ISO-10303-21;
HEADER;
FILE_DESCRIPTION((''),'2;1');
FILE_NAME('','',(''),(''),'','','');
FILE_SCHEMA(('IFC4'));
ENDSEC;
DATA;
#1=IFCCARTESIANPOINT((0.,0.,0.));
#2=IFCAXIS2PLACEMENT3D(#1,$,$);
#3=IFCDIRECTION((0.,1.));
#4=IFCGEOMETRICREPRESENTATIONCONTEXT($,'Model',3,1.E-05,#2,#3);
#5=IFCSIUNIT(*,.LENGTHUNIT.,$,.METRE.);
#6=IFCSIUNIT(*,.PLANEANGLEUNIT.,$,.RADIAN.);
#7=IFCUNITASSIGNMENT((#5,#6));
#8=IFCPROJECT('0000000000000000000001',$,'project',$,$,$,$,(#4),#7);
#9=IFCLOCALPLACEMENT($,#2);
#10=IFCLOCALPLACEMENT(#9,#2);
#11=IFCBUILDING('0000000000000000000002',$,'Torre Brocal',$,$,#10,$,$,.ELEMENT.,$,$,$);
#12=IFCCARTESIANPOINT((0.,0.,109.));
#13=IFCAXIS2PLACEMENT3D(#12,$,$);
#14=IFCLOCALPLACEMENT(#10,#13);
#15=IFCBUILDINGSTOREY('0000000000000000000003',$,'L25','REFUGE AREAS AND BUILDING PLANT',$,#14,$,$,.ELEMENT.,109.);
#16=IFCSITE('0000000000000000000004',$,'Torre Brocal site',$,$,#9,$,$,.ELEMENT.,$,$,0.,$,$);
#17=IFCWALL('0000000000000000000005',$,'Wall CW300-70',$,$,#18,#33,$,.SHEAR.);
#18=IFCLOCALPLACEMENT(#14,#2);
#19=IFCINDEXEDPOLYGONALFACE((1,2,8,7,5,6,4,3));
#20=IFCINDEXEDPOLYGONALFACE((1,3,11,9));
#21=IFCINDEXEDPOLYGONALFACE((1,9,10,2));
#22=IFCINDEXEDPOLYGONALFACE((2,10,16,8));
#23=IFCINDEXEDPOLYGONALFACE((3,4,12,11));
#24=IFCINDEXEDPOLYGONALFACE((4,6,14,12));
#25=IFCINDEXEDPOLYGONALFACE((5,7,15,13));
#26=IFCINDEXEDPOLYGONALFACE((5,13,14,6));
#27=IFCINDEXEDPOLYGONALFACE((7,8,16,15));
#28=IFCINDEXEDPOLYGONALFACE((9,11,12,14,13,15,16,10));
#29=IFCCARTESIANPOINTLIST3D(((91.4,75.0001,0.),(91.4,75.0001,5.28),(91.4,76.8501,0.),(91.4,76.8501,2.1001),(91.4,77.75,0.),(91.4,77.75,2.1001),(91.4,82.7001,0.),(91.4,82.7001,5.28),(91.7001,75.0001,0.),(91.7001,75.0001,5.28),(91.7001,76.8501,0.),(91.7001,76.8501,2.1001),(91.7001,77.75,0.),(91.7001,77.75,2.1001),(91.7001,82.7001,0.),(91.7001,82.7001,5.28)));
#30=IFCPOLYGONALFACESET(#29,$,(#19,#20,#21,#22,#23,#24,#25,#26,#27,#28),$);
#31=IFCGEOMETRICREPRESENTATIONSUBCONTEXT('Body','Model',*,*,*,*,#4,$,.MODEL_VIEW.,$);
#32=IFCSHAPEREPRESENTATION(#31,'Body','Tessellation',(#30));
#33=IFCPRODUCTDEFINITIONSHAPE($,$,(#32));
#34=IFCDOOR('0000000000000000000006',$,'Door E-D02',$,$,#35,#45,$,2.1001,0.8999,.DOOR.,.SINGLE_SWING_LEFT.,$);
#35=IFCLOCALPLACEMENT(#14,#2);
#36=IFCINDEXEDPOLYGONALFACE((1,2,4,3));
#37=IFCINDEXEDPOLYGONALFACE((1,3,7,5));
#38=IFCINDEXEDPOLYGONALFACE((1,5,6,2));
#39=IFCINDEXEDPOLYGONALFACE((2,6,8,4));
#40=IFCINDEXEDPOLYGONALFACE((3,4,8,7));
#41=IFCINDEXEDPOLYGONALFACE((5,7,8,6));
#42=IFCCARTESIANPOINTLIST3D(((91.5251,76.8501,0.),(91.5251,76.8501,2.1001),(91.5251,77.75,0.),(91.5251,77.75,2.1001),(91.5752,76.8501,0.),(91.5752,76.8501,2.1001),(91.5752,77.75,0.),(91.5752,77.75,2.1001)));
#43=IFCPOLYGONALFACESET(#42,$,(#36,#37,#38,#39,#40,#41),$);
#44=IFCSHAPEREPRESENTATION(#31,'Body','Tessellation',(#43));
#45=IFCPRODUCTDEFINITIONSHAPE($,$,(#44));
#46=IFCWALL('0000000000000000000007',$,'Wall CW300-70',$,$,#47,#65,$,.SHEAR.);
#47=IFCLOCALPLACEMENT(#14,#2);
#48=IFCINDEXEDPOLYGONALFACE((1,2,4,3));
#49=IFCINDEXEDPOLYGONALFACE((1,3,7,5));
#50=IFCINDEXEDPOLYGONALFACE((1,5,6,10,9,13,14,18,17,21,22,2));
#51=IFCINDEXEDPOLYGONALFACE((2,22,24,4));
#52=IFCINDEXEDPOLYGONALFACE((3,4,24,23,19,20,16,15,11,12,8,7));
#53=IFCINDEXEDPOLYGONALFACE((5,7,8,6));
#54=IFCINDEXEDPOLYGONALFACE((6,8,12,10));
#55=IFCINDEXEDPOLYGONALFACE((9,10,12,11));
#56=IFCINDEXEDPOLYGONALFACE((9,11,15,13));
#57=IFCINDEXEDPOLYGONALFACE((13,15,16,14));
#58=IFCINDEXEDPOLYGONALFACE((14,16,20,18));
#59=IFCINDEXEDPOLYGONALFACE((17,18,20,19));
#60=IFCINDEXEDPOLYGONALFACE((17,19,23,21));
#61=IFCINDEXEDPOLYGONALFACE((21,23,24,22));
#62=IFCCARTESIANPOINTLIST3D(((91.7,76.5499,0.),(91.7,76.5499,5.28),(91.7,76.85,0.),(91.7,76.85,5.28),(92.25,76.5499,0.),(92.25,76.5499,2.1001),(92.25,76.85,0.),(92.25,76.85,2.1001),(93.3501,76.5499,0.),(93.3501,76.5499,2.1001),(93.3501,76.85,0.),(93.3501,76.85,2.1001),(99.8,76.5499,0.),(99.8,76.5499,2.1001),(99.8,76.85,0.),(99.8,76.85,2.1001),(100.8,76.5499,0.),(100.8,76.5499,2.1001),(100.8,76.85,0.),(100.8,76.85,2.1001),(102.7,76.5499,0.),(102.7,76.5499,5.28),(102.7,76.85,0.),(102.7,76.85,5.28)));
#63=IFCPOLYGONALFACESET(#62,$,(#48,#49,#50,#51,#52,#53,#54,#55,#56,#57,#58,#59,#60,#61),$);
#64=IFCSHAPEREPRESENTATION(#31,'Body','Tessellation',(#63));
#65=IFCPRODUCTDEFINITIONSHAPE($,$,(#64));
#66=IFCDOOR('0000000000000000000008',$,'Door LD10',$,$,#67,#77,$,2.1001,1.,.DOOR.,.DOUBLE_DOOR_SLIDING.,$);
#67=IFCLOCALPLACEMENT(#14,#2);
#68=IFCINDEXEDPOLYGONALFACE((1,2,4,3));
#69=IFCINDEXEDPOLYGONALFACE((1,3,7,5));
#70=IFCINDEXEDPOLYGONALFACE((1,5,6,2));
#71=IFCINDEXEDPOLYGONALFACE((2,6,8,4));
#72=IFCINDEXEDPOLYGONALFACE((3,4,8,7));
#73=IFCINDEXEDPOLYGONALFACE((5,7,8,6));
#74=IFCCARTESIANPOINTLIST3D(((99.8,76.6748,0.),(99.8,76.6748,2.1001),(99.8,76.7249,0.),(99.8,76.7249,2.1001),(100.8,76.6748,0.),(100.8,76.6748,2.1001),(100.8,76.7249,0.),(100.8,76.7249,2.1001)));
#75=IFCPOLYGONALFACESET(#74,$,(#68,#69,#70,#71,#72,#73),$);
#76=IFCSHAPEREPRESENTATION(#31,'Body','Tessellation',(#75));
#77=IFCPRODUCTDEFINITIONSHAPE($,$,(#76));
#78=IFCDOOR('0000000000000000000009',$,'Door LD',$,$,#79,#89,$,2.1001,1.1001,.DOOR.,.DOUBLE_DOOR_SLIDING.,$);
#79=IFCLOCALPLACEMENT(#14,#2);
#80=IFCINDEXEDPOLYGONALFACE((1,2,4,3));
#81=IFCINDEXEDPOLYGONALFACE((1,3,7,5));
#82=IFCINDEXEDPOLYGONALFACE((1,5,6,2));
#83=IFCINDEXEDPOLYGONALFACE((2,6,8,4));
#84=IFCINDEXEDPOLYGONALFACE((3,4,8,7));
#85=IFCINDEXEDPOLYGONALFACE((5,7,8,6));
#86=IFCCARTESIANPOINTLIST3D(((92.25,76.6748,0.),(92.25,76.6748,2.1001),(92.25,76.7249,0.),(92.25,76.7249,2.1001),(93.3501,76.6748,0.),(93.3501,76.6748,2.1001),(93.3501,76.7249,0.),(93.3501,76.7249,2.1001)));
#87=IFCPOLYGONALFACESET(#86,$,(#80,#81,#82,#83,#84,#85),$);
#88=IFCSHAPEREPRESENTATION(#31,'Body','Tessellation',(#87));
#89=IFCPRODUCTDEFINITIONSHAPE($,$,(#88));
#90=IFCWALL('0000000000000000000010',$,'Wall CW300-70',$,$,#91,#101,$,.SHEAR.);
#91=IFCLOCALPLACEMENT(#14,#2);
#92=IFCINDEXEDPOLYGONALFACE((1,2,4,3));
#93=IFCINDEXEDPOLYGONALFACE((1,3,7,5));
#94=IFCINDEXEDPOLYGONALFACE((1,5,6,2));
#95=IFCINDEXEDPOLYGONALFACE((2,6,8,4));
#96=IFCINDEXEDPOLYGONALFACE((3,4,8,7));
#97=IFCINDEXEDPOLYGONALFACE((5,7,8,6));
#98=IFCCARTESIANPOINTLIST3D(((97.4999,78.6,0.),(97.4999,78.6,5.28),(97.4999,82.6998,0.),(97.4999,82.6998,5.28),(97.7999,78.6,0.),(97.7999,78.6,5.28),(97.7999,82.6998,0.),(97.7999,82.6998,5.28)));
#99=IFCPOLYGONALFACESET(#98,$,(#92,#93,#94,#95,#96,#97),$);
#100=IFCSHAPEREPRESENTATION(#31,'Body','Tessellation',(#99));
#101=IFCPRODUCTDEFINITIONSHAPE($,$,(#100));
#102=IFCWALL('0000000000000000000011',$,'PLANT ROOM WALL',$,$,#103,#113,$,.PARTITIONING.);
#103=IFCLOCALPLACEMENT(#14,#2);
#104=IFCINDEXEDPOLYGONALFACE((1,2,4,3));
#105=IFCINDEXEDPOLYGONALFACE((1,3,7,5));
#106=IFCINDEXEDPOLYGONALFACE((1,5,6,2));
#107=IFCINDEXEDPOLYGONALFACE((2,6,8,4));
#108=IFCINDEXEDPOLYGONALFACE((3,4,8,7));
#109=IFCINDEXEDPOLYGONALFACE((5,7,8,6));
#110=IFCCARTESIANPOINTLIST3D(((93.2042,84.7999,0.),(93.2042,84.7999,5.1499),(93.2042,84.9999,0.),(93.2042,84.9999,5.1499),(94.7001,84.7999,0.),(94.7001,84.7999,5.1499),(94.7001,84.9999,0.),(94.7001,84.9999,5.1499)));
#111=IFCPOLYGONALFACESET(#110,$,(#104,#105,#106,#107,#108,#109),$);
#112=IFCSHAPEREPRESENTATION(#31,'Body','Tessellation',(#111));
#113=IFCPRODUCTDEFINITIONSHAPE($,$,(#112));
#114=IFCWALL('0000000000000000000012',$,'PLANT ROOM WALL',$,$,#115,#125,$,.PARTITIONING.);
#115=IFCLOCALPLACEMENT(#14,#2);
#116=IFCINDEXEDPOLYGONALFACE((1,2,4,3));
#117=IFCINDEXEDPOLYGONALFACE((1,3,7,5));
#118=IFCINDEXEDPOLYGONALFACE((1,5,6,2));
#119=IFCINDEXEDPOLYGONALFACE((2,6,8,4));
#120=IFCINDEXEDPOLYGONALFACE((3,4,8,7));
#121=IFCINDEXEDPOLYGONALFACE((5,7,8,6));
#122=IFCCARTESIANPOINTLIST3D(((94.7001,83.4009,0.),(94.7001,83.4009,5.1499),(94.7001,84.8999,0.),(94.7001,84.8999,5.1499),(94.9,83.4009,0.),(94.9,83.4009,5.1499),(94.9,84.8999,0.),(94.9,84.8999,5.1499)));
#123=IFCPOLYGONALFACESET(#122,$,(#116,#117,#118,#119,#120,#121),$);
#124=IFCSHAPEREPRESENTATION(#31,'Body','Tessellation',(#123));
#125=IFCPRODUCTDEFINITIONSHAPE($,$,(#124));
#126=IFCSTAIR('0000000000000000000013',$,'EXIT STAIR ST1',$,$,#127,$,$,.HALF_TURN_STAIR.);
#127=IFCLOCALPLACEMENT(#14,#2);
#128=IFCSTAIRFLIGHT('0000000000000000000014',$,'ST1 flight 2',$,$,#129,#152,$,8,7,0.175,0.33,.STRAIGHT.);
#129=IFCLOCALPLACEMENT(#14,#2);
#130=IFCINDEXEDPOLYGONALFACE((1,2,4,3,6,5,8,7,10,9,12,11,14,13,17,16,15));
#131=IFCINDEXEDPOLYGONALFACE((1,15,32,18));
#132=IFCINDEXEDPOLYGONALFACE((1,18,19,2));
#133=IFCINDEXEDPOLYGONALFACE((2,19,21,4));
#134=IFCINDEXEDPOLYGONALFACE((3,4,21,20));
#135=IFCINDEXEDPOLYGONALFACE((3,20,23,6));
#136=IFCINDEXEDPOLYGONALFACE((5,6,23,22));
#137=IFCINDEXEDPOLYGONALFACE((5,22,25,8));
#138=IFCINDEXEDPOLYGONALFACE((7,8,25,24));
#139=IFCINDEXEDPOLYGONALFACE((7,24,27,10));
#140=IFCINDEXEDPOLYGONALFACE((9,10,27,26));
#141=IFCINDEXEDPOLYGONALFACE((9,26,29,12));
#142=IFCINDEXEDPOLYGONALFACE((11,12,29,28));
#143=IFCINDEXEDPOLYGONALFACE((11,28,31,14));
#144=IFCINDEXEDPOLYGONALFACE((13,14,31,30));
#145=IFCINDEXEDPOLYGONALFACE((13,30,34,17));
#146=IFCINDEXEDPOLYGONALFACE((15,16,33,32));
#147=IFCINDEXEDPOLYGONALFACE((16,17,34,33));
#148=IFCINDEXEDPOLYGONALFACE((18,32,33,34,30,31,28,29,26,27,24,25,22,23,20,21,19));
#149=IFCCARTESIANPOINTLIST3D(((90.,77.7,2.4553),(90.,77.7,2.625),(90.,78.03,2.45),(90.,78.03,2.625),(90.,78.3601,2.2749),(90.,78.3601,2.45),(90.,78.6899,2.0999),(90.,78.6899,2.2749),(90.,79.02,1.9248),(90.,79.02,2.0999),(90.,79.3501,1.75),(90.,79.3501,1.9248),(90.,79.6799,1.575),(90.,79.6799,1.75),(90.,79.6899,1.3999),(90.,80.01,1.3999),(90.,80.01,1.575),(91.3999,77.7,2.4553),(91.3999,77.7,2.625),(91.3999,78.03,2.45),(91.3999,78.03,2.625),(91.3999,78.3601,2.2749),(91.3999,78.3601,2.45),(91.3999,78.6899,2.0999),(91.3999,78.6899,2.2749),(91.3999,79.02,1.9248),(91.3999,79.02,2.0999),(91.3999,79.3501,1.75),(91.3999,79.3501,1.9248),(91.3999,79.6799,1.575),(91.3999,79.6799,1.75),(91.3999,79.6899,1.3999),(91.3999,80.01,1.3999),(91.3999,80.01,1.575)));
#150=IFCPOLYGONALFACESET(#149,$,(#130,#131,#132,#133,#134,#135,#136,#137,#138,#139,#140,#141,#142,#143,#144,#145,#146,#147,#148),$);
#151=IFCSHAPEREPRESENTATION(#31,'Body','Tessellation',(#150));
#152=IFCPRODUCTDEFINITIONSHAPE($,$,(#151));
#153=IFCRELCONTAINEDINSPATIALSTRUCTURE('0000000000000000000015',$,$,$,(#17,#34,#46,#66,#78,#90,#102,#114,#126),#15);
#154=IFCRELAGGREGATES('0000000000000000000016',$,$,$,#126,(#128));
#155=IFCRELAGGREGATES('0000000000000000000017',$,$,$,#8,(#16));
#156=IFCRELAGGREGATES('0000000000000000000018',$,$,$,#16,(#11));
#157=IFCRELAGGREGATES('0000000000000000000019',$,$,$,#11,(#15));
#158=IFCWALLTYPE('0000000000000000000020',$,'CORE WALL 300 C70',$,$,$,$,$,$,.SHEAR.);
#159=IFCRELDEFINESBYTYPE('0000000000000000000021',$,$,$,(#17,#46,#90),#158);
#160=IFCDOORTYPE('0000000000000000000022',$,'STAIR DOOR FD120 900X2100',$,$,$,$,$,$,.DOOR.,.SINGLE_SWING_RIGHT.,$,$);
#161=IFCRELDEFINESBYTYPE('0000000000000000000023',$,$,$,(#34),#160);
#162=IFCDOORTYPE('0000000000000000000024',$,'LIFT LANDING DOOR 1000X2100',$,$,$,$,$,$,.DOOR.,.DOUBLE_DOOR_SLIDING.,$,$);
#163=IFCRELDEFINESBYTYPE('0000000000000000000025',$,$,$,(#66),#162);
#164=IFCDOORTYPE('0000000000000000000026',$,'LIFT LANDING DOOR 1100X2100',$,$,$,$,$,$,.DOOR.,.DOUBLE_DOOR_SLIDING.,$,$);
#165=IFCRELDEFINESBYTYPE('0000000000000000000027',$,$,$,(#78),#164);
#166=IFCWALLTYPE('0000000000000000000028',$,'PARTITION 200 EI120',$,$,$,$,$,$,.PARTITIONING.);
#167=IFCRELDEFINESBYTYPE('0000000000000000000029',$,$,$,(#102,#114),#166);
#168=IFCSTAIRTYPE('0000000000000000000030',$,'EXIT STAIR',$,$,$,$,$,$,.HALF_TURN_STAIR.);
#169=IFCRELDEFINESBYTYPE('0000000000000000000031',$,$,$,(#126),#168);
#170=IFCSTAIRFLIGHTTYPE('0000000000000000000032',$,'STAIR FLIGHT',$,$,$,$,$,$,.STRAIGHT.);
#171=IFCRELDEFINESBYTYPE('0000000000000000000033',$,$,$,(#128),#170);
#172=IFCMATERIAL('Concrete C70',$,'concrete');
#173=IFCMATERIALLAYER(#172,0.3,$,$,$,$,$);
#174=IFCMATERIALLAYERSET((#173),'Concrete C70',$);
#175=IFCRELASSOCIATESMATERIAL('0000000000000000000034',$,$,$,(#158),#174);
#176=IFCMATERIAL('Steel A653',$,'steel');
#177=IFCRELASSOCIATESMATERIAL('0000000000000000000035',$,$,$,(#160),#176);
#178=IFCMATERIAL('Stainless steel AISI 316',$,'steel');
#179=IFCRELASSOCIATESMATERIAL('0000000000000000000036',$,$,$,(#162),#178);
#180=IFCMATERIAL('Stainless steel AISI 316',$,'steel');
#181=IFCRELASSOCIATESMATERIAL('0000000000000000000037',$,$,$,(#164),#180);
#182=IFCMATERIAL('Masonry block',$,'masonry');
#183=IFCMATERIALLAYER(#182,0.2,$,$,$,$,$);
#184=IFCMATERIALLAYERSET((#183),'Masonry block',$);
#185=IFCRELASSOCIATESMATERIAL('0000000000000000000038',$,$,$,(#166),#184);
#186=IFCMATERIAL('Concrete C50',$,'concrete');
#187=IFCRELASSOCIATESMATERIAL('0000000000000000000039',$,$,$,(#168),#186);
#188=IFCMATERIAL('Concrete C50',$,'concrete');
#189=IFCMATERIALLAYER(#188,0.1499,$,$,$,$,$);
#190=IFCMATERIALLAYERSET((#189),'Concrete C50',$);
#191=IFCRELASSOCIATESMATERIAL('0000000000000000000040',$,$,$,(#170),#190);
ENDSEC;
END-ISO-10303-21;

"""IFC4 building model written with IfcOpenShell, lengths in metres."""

from ifc_helpers import new_model, si_unit, direction, frame, frame_2d, origin, place, context, subcontext, project, spatial, polyline, rectangle, outline, extrude, material, layer, layer_set, type_object, element, fill, aggregate, save


model = new_model("IFC4")

# Units and contexts
model_context = context("Model", 3, precision=1e-05, world=origin(), true_north=direction((0.0, 1.0)))
body_context = subcontext(model_context, "Body", "Model", "MODEL_VIEW")
ifc_project = project(units=[si_unit("LENGTHUNIT", "METRE"), si_unit("PLANEANGLEUNIT", "RADIAN")], contexts=[model_context])

# Site, building, storey
site_placement = place(None, origin())
site = spatial("IfcSite", under=ifc_project, at=site_placement, Name="Torre Brocal site", CompositionType="ELEMENT", RefElevation=0.0)
building_placement = place(site_placement, origin())
building = spatial("IfcBuilding", under=site, at=building_placement, Name="Torre Brocal", CompositionType="ELEMENT")
storey_placement = place(building_placement, frame((0.0, 0.0, 109.0)))
storey = spatial("IfcBuildingStorey", under=building, at=storey_placement, Name="L25", Description="REFUGE AREAS AND BUILDING PLANT", CompositionType="ELEMENT", Elevation=109.0)

# Wall, opening, door
ifc_material_1 = material(Name="Concrete C70", Category="concrete")
ifc_layer_1 = layer(ifc_material_1, 0.3)
ifc_layer_set_1 = layer_set([ifc_layer_1], Name="Concrete C70")
wall_type_1 = type_object("IfcWallType", Name="CORE WALL 300 C70", PredefinedType="SHEAR", material=ifc_layer_set_1)
wall_1_placement = place(storey_placement, frame((91.55, 75.0, 0.0), z_axis=(0.0, 0.0, 1.0), x_axis=(0.0, 1.0, 0.0)))
wall_1 = element("IfcWall", 1, at=wall_1_placement, inside=storey, type_object=wall_type_1, Name="Wall CW300-70", PredefinedType="SHEAR", context=body_context, shape_type="SweptSolid", body=[
    extrude(rectangle(XDim=7.7, YDim=0.3, at=frame_2d((3.8501, 0.0))), origin(), (0.0, 0.0, 1.0), 5.28),
])
opening_1_placement = place(wall_1_placement, frame((1.8501, 0.0, 0.0)))
opening_1 = element("IfcOpeningElement", 2, at=opening_1_placement, cuts=wall_1, PredefinedType="OPENING", context=body_context, shape_type="SweptSolid", body=[
    extrude(rectangle(XDim=0.8999, YDim=2.1001, at=frame_2d((0.45, 1.05))), frame((0.0, 0.1599, 0.0), z_axis=(0.0, -1.0, 0.0), x_axis=(1.0, 0.0, 0.0)), (0.0, 0.0, 1.0), 0.3201),
])
ifc_material_2 = material(Name="Steel A653", Category="steel")
door_type_1 = type_object("IfcDoorType", Name="STAIR DOOR FD120 900X2100", OperationType="SINGLE_SWING_RIGHT", PredefinedType="DOOR", material=ifc_material_2)
door_1_placement = place(opening_1_placement, origin())
door_1 = element("IfcDoor", 3, at=door_1_placement, inside=storey, type_object=door_type_1, Name="Door E-D02", OperationType="SINGLE_SWING_LEFT", OverallHeight=2.1001, OverallWidth=0.8999, PredefinedType="DOOR", context=body_context, shape_type="SweptSolid", body=[
    extrude(rectangle(XDim=0.8999, YDim=2.1001, at=frame_2d((0.45, 1.05))), frame((0.0, 0.0249, 0.0), z_axis=(0.0, -1.0, 0.0), x_axis=(1.0, 0.0, 0.0)), (0.0, 0.0, 1.0), 0.05),
])
fill(opening_1, door_1)

# Wall, openings, doors
wall_2_placement = place(storey_placement, frame((91.7, 76.7, 0.0), z_axis=(0.0, 0.0, 1.0), x_axis=(1.0, 0.0, 0.0)))
wall_2 = element("IfcWall", 4, at=wall_2_placement, inside=storey, type_object=wall_type_1, Name="Wall CW300-70", PredefinedType="SHEAR", context=body_context, shape_type="SweptSolid", body=[
    extrude(rectangle(XDim=11.0, YDim=0.3, at=frame_2d((5.5, 0.0))), origin(), (0.0, 0.0, 1.0), 5.28),
])
opening_2_placement = place(wall_2_placement, frame((0.55, 0.0, 0.0)))
opening_2 = element("IfcOpeningElement", 5, at=opening_2_placement, cuts=wall_2, PredefinedType="OPENING", context=body_context, shape_type="SweptSolid", body=[
    extrude(rectangle(XDim=1.1001, YDim=2.1001, at=frame_2d((0.55, 1.05))), frame((0.0, 0.1599, 0.0), z_axis=(0.0, -1.0, 0.0), x_axis=(1.0, 0.0, 0.0)), (0.0, 0.0, 1.0), 0.3201),
])
opening_3_placement = place(wall_2_placement, frame((8.1001, 0.0, 0.0)))
opening_3 = element("IfcOpeningElement", 6, at=opening_3_placement, cuts=wall_2, PredefinedType="OPENING", context=body_context, shape_type="SweptSolid", body=[
    extrude(rectangle(XDim=1.0, YDim=2.1001, at=frame_2d((0.5, 1.05))), frame((0.0, 0.1599, 0.0), z_axis=(0.0, -1.0, 0.0), x_axis=(1.0, 0.0, 0.0)), (0.0, 0.0, 1.0), 0.3201),
])
ifc_material_3 = material(Name="Stainless steel AISI 316", Category="steel")
door_type_2 = type_object("IfcDoorType", Name="LIFT LANDING DOOR 1000X2100", OperationType="DOUBLE_DOOR_SLIDING", PredefinedType="DOOR", material=ifc_material_3)
door_2_placement = place(opening_3_placement, origin())
door_2 = element("IfcDoor", 7, at=door_2_placement, inside=storey, type_object=door_type_2, Name="Door LD10", OperationType="DOUBLE_DOOR_SLIDING", OverallHeight=2.1001, OverallWidth=1.0, PredefinedType="DOOR", context=body_context, shape_type="SweptSolid", body=[
    extrude(rectangle(XDim=1.0, YDim=2.1001, at=frame_2d((0.5, 1.05))), frame((0.0, 0.0249, 0.0), z_axis=(0.0, -1.0, 0.0), x_axis=(1.0, 0.0, 0.0)), (0.0, 0.0, 1.0), 0.05),
])
fill(opening_3, door_2)
ifc_material_4 = material(Name="Stainless steel AISI 316", Category="steel")
door_type_3 = type_object("IfcDoorType", Name="LIFT LANDING DOOR 1100X2100", OperationType="DOUBLE_DOOR_SLIDING", PredefinedType="DOOR", material=ifc_material_4)
door_3_placement = place(opening_2_placement, origin())
door_3 = element("IfcDoor", 8, at=door_3_placement, inside=storey, type_object=door_type_3, Name="Door LD", OperationType="DOUBLE_DOOR_SLIDING", OverallHeight=2.1001, OverallWidth=1.1001, PredefinedType="DOOR", context=body_context, shape_type="SweptSolid", body=[
    extrude(rectangle(XDim=1.1001, YDim=2.1001, at=frame_2d((0.55, 1.05))), frame((0.0, 0.0249, 0.0), z_axis=(0.0, -1.0, 0.0), x_axis=(1.0, 0.0, 0.0)), (0.0, 0.0, 1.0), 0.05),
])
fill(opening_2, door_3)

# Walls
wall_3_placement = place(storey_placement, frame((97.6499, 78.6001, 0.0), z_axis=(0.0, 0.0, 1.0), x_axis=(0.0, 1.0, 0.0)))
element("IfcWall", 9, at=wall_3_placement, inside=storey, type_object=wall_type_1, Name="Wall CW300-70", PredefinedType="SHEAR", context=body_context, shape_type="SweptSolid", body=[
    extrude(rectangle(XDim=4.0999, YDim=0.3, at=frame_2d((2.0498, 0.0))), origin(), (0.0, 0.0, 1.0), 5.28),
])
ifc_material_5 = material(Name="Masonry block", Category="masonry")
ifc_layer_2 = layer(ifc_material_5, 0.2)
ifc_layer_set_2 = layer_set([ifc_layer_2], Name="Masonry block")
wall_type_2 = type_object("IfcWallType", Name="PARTITION 200 EI120", PredefinedType="PARTITIONING", material=ifc_layer_set_2)
wall_4_placement = place(storey_placement, frame((93.2041, 84.8999, 0.0), z_axis=(0.0, 0.0, 1.0), x_axis=(1.0, 0.0, 0.0)))
element("IfcWall", 10, at=wall_4_placement, inside=storey, type_object=wall_type_2, Name="PLANT ROOM WALL", PredefinedType="PARTITIONING", context=body_context, shape_type="SweptSolid", body=[
    extrude(rectangle(XDim=1.4958, YDim=0.2, at=frame_2d((0.748, 0.0))), origin(), (0.0, 0.0, 1.0), 5.1499),
])
wall_5_placement = place(storey_placement, frame((94.8, 83.4009, 0.0), z_axis=(0.0, 0.0, 1.0), x_axis=(0.0, 1.0, 0.0)))
element("IfcWall", 11, at=wall_5_placement, inside=storey, type_object=wall_type_2, Name="PLANT ROOM WALL", PredefinedType="PARTITIONING", context=body_context, shape_type="SweptSolid", body=[
    extrude(rectangle(XDim=1.499, YDim=0.2, at=frame_2d((0.7495, 0.0))), origin(), (0.0, 0.0, 1.0), 5.1499),
])

# Stair, stair flight
ifc_material_6 = material(Name="Concrete C50", Category="concrete")
stair_type = type_object("IfcStairType", Name="EXIT STAIR", PredefinedType="HALF_TURN_STAIR", material=ifc_material_6)
stair_placement = place(storey_placement, origin())
stair = element("IfcStair", 12, at=stair_placement, inside=storey, type_object=stair_type, Name="EXIT STAIR ST1", PredefinedType="HALF_TURN_STAIR")
ifc_material_7 = material(Name="Concrete C50", Category="concrete")
ifc_layer_3 = layer(ifc_material_7, 0.1499)
ifc_layer_set_3 = layer_set([ifc_layer_3], Name="Concrete C50")
stair_flight_type = type_object("IfcStairFlightType", Name="STAIR FLIGHT", PredefinedType="STRAIGHT", material=ifc_layer_set_3)
stair_flight_1_placement = place(storey_placement, frame((90.7, 80.01, 1.3999), z_axis=(0.0, 0.0, 1.0), x_axis=(0.0, -1.0, 0.0)))
stair_flight_1 = element("IfcStairFlight", 13, at=stair_flight_1_placement, type_object=stair_flight_type, Name="ST1 flight 2", NumberOfRisers=8, NumberOfTreads=7, PredefinedType="STRAIGHT", RiserHeight=0.175, TreadLength=0.33, context=body_context, shape_type="SweptSolid", body=[
    extrude(outline(polyline([(0.0, 0.0), (0.0, 0.175), (0.3301, 0.175), (0.3301, 0.3501), (0.6599, 0.3501), (0.6599, 0.5249), (0.99, 0.5249), (0.99, 0.7), (1.3201, 0.7), (1.3201, 0.875), (1.6499, 0.875), (1.6499, 1.05), (1.98, 1.05), (1.98, 1.2251), (2.3101, 1.2251), (2.3101, 1.3999), (2.3101, 1.0554), (0.3201, 0.0), (0.0, 0.0)])), frame((0.0, 0.7, 0.0), z_axis=(0.0, -1.0, 0.0), x_axis=(1.0, 0.0, 0.0)), (0.0, 0.0, 1.0), 1.3999),
])
aggregate(stair, [stair_flight_1])

save(model, "model.ifc")
